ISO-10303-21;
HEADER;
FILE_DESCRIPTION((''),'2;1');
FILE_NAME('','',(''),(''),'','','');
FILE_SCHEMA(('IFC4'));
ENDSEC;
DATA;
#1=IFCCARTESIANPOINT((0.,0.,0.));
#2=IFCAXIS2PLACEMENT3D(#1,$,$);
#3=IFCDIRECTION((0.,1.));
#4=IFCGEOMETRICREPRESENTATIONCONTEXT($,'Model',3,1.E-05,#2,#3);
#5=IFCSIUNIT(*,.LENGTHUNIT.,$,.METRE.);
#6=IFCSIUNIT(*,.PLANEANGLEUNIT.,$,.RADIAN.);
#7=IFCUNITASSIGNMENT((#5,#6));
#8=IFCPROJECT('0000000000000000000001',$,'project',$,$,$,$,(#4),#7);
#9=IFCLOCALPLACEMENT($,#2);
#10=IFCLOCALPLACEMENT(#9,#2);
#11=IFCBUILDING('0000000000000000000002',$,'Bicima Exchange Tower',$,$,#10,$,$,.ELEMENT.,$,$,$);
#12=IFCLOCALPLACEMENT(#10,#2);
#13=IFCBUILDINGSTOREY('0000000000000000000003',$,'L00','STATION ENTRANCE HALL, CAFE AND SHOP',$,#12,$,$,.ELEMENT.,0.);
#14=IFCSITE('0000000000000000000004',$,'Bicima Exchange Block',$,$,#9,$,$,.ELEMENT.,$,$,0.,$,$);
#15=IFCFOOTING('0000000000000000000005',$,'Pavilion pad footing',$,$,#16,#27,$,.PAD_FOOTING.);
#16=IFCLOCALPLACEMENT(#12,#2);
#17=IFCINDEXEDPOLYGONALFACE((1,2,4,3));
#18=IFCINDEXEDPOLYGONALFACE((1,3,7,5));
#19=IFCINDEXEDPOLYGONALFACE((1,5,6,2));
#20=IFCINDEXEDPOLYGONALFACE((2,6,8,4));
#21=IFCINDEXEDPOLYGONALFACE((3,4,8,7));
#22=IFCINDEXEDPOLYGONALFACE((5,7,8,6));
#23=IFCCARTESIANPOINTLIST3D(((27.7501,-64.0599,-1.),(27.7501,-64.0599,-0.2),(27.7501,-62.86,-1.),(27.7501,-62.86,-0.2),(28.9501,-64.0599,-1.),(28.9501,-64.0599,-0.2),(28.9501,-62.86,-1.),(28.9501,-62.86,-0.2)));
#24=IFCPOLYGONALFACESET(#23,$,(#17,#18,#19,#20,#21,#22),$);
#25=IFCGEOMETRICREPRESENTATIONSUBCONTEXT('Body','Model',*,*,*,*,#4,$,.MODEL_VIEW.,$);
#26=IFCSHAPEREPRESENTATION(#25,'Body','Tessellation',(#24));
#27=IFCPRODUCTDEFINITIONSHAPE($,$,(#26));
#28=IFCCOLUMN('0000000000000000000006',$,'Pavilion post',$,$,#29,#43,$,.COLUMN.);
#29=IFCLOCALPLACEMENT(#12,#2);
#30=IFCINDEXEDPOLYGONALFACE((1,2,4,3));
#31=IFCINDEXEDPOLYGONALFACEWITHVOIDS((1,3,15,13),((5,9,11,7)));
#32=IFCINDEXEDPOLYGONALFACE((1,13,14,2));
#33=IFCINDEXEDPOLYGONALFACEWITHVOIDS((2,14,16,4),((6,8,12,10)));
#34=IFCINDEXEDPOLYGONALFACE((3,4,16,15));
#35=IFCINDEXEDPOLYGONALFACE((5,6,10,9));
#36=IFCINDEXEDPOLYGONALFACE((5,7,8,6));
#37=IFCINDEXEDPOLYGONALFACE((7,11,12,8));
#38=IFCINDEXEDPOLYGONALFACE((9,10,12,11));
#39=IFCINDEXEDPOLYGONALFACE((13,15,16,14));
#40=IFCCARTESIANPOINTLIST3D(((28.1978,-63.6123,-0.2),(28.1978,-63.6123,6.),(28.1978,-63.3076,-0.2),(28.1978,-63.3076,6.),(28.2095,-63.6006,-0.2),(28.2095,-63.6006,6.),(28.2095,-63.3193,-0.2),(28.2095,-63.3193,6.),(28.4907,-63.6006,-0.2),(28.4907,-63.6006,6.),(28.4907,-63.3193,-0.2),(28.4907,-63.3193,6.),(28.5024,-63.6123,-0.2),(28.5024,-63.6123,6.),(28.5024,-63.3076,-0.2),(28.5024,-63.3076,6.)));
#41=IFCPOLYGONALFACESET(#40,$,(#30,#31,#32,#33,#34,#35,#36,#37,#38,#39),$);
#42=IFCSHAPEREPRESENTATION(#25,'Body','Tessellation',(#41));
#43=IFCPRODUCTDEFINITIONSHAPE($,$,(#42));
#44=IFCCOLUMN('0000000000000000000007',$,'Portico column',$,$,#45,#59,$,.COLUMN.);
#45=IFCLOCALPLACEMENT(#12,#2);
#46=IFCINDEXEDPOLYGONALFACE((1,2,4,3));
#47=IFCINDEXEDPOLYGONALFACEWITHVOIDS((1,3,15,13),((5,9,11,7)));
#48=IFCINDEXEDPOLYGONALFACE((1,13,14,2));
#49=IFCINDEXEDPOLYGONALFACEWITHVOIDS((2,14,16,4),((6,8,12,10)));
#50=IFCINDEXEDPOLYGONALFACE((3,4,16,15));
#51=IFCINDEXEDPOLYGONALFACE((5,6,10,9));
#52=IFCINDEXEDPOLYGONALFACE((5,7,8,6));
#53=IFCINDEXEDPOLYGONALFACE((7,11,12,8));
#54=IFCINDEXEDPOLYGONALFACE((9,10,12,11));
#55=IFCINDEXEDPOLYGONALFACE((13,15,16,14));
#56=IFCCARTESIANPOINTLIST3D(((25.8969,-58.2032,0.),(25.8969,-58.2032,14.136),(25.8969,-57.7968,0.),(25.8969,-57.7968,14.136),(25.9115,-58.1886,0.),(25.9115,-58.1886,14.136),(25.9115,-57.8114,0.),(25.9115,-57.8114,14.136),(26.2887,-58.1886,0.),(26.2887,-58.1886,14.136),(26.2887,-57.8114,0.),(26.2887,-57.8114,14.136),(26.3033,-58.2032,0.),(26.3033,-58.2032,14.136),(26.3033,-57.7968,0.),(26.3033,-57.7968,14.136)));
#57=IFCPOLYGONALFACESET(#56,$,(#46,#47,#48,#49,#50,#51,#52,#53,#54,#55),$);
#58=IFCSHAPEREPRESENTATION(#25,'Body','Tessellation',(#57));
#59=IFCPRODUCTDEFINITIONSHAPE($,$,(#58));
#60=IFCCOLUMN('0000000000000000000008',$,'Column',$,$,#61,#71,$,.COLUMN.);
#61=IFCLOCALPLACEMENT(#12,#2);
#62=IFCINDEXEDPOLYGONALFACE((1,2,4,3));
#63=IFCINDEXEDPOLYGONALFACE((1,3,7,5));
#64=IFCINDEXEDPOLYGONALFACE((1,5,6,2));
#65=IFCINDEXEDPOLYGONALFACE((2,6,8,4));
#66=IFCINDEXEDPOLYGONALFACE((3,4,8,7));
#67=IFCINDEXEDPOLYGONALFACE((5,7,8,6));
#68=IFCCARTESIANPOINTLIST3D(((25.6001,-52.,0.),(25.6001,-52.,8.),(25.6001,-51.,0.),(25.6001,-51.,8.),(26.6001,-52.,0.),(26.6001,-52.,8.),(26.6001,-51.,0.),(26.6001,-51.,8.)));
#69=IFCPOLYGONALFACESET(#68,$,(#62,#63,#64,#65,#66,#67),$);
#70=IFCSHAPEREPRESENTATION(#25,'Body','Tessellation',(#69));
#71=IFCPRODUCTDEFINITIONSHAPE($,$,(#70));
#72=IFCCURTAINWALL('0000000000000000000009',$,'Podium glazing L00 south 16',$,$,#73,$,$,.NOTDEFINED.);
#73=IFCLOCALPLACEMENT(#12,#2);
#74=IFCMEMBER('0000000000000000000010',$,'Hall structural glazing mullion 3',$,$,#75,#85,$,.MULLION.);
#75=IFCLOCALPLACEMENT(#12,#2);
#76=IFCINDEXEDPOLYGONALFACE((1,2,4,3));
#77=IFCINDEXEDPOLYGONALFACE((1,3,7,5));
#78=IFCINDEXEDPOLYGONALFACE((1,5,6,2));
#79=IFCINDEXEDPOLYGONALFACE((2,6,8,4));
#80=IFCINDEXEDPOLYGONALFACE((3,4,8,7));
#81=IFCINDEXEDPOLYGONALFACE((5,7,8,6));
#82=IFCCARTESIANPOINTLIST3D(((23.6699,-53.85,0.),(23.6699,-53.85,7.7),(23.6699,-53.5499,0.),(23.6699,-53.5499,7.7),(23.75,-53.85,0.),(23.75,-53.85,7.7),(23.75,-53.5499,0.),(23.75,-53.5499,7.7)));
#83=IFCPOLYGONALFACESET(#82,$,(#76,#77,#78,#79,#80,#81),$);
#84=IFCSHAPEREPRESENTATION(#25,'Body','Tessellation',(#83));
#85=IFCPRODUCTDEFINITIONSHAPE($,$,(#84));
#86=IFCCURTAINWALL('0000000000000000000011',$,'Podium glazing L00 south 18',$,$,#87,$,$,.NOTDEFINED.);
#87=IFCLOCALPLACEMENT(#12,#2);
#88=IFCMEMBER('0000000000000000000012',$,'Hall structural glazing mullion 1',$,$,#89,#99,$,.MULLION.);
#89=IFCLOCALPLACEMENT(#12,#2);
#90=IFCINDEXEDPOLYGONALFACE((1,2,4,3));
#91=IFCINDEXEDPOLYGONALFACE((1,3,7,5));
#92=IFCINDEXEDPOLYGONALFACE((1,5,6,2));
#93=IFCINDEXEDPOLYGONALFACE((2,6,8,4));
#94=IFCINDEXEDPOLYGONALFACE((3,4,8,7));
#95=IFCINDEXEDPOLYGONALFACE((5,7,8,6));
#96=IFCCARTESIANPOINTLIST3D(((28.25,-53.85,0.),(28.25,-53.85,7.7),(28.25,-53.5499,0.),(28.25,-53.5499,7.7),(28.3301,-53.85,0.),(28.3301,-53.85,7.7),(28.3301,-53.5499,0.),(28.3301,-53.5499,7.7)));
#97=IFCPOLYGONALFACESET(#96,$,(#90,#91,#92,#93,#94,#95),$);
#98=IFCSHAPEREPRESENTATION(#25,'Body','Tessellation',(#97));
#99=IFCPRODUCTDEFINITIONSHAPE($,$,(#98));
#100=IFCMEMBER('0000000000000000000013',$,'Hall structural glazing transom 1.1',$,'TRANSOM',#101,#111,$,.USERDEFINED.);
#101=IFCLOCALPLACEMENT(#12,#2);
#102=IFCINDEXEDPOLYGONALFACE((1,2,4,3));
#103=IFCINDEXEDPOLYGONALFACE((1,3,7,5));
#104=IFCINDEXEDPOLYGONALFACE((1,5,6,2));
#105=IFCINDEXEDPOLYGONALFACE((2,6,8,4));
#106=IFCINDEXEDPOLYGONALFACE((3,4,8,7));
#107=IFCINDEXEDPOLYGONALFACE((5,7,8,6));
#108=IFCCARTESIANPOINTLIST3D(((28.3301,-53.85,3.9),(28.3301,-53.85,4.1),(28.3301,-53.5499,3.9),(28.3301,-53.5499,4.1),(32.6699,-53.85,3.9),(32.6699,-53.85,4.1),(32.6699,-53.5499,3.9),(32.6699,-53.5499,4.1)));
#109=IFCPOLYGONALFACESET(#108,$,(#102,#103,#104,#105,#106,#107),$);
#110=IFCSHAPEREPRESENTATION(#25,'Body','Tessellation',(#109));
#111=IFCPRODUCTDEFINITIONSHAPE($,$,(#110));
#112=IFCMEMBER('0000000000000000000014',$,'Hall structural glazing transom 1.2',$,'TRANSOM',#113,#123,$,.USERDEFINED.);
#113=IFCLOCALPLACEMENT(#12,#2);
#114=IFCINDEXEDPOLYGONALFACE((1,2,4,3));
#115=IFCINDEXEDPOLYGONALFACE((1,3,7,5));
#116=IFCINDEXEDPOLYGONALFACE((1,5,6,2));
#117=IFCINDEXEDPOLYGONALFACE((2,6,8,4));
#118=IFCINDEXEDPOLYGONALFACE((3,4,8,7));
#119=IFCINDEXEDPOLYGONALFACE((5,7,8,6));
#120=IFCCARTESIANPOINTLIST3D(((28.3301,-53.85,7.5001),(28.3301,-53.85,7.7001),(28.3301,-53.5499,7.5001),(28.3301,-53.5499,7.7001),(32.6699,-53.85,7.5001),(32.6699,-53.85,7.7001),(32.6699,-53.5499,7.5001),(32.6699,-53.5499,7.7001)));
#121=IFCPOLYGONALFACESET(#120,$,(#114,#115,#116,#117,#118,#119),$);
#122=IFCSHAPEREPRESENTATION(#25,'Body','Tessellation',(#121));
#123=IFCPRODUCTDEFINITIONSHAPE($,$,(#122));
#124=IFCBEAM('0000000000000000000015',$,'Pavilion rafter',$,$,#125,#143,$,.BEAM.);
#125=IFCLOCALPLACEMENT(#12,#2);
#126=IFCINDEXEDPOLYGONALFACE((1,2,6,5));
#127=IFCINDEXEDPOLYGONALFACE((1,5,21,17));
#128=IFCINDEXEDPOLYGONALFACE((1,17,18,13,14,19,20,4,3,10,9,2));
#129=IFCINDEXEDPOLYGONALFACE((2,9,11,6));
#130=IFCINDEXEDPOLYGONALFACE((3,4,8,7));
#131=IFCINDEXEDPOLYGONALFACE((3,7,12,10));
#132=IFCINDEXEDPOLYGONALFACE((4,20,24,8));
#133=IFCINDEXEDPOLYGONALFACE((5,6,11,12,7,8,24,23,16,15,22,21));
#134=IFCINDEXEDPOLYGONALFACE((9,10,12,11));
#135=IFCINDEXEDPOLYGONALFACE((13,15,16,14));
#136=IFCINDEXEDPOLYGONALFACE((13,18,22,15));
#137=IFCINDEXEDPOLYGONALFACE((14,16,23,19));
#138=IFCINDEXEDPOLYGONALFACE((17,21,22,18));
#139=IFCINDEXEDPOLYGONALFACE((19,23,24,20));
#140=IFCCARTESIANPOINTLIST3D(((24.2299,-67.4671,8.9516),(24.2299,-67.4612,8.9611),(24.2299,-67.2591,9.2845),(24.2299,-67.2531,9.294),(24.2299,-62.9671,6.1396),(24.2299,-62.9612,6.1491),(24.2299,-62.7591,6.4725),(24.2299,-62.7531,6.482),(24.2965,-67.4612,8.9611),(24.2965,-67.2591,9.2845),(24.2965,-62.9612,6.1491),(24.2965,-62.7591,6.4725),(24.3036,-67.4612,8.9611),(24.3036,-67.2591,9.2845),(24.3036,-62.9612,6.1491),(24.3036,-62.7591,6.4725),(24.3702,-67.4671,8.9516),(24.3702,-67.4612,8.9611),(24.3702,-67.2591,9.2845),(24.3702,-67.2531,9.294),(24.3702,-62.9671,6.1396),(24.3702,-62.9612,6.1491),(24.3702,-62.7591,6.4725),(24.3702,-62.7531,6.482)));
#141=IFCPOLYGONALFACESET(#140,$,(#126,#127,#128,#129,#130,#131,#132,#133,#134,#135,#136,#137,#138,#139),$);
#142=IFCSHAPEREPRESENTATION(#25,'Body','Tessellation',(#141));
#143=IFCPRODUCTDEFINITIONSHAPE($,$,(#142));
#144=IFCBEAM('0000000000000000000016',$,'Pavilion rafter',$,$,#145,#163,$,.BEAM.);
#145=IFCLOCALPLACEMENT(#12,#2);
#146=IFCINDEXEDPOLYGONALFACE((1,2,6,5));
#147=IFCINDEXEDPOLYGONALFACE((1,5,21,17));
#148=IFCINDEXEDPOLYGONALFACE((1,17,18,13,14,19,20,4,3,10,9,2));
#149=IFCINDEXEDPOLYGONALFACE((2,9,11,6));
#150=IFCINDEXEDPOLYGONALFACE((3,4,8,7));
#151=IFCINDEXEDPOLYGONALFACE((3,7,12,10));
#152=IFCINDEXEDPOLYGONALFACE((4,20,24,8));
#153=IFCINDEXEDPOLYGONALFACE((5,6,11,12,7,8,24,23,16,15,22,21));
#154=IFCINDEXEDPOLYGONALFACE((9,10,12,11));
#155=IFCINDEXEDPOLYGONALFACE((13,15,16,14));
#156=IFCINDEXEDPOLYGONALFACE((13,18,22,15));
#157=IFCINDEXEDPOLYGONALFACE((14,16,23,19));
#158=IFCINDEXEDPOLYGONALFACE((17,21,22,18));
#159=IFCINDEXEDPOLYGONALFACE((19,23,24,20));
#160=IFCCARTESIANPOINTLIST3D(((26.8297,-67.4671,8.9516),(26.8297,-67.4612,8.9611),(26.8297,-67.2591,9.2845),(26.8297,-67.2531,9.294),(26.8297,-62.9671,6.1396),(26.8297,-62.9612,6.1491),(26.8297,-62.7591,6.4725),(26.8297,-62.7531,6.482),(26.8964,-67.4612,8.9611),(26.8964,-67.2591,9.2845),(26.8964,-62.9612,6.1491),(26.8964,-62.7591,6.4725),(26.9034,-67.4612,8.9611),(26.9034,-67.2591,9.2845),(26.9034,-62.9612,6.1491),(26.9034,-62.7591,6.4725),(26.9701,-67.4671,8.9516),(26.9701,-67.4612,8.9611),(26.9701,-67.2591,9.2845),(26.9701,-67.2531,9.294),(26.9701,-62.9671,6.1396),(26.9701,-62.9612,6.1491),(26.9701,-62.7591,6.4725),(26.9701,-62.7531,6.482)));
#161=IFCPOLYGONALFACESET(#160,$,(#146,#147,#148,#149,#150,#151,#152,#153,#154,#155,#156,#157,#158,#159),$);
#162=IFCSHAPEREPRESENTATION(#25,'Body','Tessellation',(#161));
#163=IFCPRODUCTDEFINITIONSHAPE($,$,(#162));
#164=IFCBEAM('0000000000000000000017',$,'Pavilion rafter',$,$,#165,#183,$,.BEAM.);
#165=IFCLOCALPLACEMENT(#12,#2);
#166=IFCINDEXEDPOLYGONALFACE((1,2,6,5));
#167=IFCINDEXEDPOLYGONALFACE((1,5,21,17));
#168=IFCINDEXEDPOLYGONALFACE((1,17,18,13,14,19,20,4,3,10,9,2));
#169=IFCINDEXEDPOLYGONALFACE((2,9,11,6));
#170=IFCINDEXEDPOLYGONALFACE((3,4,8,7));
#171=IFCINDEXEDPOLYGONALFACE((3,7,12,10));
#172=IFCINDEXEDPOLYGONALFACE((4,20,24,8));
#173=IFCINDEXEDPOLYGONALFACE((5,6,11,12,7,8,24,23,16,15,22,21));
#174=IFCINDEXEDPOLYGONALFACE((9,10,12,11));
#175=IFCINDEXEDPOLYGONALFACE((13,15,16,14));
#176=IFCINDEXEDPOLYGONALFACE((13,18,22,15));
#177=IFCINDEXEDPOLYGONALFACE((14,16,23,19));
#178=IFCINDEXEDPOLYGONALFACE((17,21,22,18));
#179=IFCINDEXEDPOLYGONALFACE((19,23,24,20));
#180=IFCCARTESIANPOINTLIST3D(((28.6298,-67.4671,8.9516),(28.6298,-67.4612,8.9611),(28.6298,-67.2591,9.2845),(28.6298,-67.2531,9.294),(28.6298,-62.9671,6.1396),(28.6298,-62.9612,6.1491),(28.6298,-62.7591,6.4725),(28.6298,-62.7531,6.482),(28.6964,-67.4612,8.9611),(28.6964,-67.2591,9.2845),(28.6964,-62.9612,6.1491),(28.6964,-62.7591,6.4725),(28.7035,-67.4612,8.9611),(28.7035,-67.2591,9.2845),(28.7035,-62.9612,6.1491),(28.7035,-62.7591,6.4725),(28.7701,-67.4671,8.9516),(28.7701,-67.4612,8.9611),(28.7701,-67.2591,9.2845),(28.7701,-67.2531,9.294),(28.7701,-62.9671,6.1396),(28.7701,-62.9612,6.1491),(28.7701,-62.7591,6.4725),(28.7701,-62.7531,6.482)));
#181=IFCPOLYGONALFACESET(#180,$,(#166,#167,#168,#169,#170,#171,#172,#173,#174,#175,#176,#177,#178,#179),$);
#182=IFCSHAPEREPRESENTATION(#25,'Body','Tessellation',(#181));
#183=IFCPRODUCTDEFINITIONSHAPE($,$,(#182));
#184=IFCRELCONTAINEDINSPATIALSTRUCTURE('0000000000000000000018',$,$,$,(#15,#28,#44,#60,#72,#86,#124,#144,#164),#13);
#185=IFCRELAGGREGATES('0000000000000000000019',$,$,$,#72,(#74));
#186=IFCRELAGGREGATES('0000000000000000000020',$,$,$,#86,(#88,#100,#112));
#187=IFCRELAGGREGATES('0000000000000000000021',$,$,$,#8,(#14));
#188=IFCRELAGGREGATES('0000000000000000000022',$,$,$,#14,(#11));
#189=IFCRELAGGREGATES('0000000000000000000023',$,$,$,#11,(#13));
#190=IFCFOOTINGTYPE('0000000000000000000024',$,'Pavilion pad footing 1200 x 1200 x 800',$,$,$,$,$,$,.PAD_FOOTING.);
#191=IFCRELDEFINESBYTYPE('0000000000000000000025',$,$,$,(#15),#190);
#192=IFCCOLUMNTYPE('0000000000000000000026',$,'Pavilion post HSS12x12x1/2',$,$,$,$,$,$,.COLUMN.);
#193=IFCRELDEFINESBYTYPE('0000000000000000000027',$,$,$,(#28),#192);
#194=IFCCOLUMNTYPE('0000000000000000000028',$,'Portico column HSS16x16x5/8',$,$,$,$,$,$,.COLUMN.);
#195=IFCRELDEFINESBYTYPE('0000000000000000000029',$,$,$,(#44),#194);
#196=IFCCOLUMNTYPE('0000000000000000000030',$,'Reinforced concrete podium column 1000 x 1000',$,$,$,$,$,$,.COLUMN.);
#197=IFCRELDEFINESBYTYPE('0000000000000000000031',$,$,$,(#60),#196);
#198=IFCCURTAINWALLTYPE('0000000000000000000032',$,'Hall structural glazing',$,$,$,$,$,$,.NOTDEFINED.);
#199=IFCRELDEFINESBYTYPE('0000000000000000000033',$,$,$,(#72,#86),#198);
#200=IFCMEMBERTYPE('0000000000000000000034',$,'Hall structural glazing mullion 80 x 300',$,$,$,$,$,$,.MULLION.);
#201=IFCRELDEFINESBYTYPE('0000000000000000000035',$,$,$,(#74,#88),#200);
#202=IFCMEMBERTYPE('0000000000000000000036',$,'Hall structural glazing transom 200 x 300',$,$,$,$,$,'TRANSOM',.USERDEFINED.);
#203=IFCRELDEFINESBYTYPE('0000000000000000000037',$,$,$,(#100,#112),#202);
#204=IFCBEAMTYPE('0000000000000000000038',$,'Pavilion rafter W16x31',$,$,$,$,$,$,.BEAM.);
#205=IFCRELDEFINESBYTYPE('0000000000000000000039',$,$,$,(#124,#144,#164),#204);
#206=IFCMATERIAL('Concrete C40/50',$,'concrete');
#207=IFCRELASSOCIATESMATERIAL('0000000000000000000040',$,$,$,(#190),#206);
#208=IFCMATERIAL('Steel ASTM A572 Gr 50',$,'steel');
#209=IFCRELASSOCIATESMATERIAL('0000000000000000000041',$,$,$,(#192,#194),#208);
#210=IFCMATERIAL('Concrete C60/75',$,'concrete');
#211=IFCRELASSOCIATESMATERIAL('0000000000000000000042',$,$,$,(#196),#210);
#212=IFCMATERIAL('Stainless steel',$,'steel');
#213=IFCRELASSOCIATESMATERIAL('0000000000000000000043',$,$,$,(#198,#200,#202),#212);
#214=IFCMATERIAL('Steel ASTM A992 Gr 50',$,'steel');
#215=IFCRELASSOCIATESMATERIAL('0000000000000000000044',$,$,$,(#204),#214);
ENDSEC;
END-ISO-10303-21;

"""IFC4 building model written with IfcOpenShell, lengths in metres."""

from ifc_helpers import new_model, si_unit, direction, frame, origin, origin_2d, place, context, subcontext, project, spatial, rectangle, hollow_rectangle, i_section, extrude, material, material_profile, profile_set, type_object, element, aggregate, save


model = new_model("IFC4")

# Units and contexts
model_context = context("Model", 3, precision=1e-05, world=origin(), true_north=direction((0.0, 1.0)))
body_context = subcontext(model_context, "Body", "Model", "MODEL_VIEW")
ifc_project = project(units=[si_unit("LENGTHUNIT", "METRE"), si_unit("PLANEANGLEUNIT", "RADIAN")], contexts=[model_context])

# Site, building, storey
site_placement = place(None, origin())
site = spatial("IfcSite", under=ifc_project, at=site_placement, Name="Bicima Exchange Block", CompositionType="ELEMENT", RefElevation=0.0)
building_placement = place(site_placement, origin())
building = spatial("IfcBuilding", under=site, at=building_placement, Name="Bicima Exchange Tower", CompositionType="ELEMENT")
storey_placement = place(building_placement, origin())
storey = spatial("IfcBuildingStorey", under=building, at=storey_placement, Name="L00", Description="STATION ENTRANCE HALL, CAFE AND SHOP", CompositionType="ELEMENT", Elevation=0.0)

# Footing
ifc_material_1 = material(Name="Concrete C40/50", Category="concrete")
footing_type = type_object("IfcFootingType", Name="Pavilion pad footing 1200 x 1200 x 800", PredefinedType="PAD_FOOTING", material=ifc_material_1)
footing_placement = place(storey_placement, frame((28.3501, -63.46, -1.0), z_axis=(0.0, 0.0, 1.0), x_axis=(1.0, 0.0, 0.0)))
element("IfcFooting", 1, at=footing_placement, inside=storey, type_object=footing_type, Name="Pavilion pad footing", PredefinedType="PAD_FOOTING", context=body_context, shape_type="SweptSolid", body=[
    extrude(rectangle(XDim=1.2, YDim=1.2, at=origin_2d()), origin(), (0.0, 0.0, 1.0), 0.8),
])

# Columns
ifc_material_2 = material(Name="Steel ASTM A572 Gr 50", Category="steel")
ifc_material_profile_1 = material_profile(ifc_material_2, hollow_rectangle(XDim=0.3047, YDim=0.3047, WallThickness=0.0117, at=origin_2d()))
ifc_profile_set_1 = profile_set([ifc_material_profile_1], Name="Steel ASTM A572 Gr 50")
column_type_1 = type_object("IfcColumnType", Name="Pavilion post HSS12x12x1/2", PredefinedType="COLUMN", material=ifc_profile_set_1)
column_1_placement = place(storey_placement, frame((28.3501, -63.46, -0.2), z_axis=(0.0, 0.0, 1.0), x_axis=(1.0, 0.0, 0.0)))
element("IfcColumn", 2, at=column_1_placement, inside=storey, type_object=column_type_1, Name="Pavilion post", PredefinedType="COLUMN", context=body_context, shape_type="SweptSolid", body=[
    extrude(hollow_rectangle(XDim=0.3047, YDim=0.3047, WallThickness=0.0117, at=origin_2d()), origin(), (0.0, 0.0, 1.0), 6.2),
])
ifc_material_profile_2 = material_profile(ifc_material_2, hollow_rectangle(XDim=0.4065, YDim=0.4065, WallThickness=0.0146, at=origin_2d()))
ifc_profile_set_2 = profile_set([ifc_material_profile_2], Name="Steel ASTM A572 Gr 50")
column_type_2 = type_object("IfcColumnType", Name="Portico column HSS16x16x5/8", PredefinedType="COLUMN", material=ifc_profile_set_2)
column_2_placement = place(storey_placement, frame((26.1001, -58.0, 0.0), z_axis=(0.0, 0.0, 1.0), x_axis=(1.0, 0.0, 0.0)))
element("IfcColumn", 3, at=column_2_placement, inside=storey, type_object=column_type_2, Name="Portico column", PredefinedType="COLUMN", context=body_context, shape_type="SweptSolid", body=[
    extrude(hollow_rectangle(XDim=0.4065, YDim=0.4065, WallThickness=0.0146, at=origin_2d()), origin(), (0.0, 0.0, 1.0), 14.136),
])
ifc_material_3 = material(Name="Concrete C60/75", Category="concrete")
ifc_material_profile_3 = material_profile(ifc_material_3, rectangle(XDim=1.0, YDim=1.0, at=origin_2d()))
ifc_profile_set_3 = profile_set([ifc_material_profile_3], Name="Concrete C60/75")
column_type_3 = type_object("IfcColumnType", Name="Reinforced concrete podium column 1000 x 1000", PredefinedType="COLUMN", material=ifc_profile_set_3)
column_3_placement = place(storey_placement, frame((26.1001, -51.5, 0.0), z_axis=(0.0, 0.0, 1.0), x_axis=(1.0, 0.0, 0.0)))
element("IfcColumn", 4, at=column_3_placement, inside=storey, type_object=column_type_3, Name="Column", PredefinedType="COLUMN", context=body_context, shape_type="SweptSolid", body=[
    extrude(rectangle(XDim=1.0, YDim=1.0, at=origin_2d()), origin(), (0.0, 0.0, 1.0), 8.0),
])

# Curtain wall, member
ifc_material_4 = material(Name="Stainless steel", Category="steel")
curtain_wall_type = type_object("IfcCurtainWallType", Name="Hall structural glazing", PredefinedType="NOTDEFINED", material=ifc_material_4)
curtain_wall_1_placement = place(storey_placement, origin())
curtain_wall_1 = element("IfcCurtainWall", 5, at=curtain_wall_1_placement, inside=storey, type_object=curtain_wall_type, Name="Podium glazing L00 south 16", PredefinedType="NOTDEFINED")
ifc_material_profile_4 = material_profile(ifc_material_4, rectangle(XDim=0.3, YDim=0.0801, at=origin_2d()))
ifc_profile_set_4 = profile_set([ifc_material_profile_4], Name="Stainless steel")
member_type_1 = type_object("IfcMemberType", Name="Hall structural glazing mullion 80 x 300", PredefinedType="MULLION", material=ifc_profile_set_4)
member_1_placement = place(storey_placement, frame((23.71, -53.7, 0.0), z_axis=(0.0, 0.0, 1.0), x_axis=(0.0, 1.0, 0.0)))
member_1 = element("IfcMember", 6, at=member_1_placement, type_object=member_type_1, Name="Hall structural glazing mullion 3", PredefinedType="MULLION", context=body_context, shape_type="SweptSolid", body=[
    extrude(rectangle(XDim=0.3, YDim=0.0801, at=origin_2d()), origin(), (0.0, 0.0, 1.0), 7.7),
])
aggregate(curtain_wall_1, [member_1])

# Curtain wall, members
curtain_wall_2_placement = place(storey_placement, origin())
curtain_wall_2 = element("IfcCurtainWall", 7, at=curtain_wall_2_placement, inside=storey, type_object=curtain_wall_type, Name="Podium glazing L00 south 18", PredefinedType="NOTDEFINED")
member_2_placement = place(storey_placement, frame((28.29, -53.7, 0.0), z_axis=(0.0, 0.0, 1.0), x_axis=(0.0, 1.0, 0.0)))
member_2 = element("IfcMember", 8, at=member_2_placement, type_object=member_type_1, Name="Hall structural glazing mullion 1", PredefinedType="MULLION", context=body_context, shape_type="SweptSolid", body=[
    extrude(rectangle(XDim=0.3, YDim=0.0801, at=origin_2d()), origin(), (0.0, 0.0, 1.0), 7.7),
])
ifc_material_profile_5 = material_profile(ifc_material_4, rectangle(XDim=0.3, YDim=0.2, at=origin_2d()))
ifc_profile_set_5 = profile_set([ifc_material_profile_5], Name="Stainless steel")
member_type_2 = type_object("IfcMemberType", Name="Hall structural glazing transom 200 x 300", ElementType="TRANSOM", PredefinedType="USERDEFINED", material=ifc_profile_set_5)
member_3_placement = place(storey_placement, frame((28.3301, -53.7, 4.0), z_axis=(1.0, 0.0, 0.0), x_axis=(0.0, 1.0, 0.0)))
member_3 = element("IfcMember", 9, at=member_3_placement, type_object=member_type_2, Name="Hall structural glazing transom 1.1", ObjectType="TRANSOM", PredefinedType="USERDEFINED", context=body_context, shape_type="SweptSolid", body=[
    extrude(rectangle(XDim=0.3, YDim=0.2, at=origin_2d()), origin(), (0.0, 0.0, 1.0), 4.3398),
])
member_4_placement = place(storey_placement, frame((28.3301, -53.7, 7.6001), z_axis=(1.0, 0.0, 0.0), x_axis=(0.0, 1.0, 0.0)))
member_4 = element("IfcMember", 10, at=member_4_placement, type_object=member_type_2, Name="Hall structural glazing transom 1.2", ObjectType="TRANSOM", PredefinedType="USERDEFINED", context=body_context, shape_type="SweptSolid", body=[
    extrude(rectangle(XDim=0.3, YDim=0.2, at=origin_2d()), origin(), (0.0, 0.0, 1.0), 4.3398),
])

# Beams
ifc_material_5 = material(Name="Steel ASTM A992 Gr 50", Category="steel")
ifc_material_profile_6 = material_profile(ifc_material_5, i_section(OverallWidth=0.1404, OverallDepth=0.4038, WebThickness=0.0071, FlangeThickness=0.0112, at=origin_2d()))
ifc_profile_set_6 = profile_set([ifc_material_profile_6], Name="Steel ASTM A992 Gr 50")
beam_type_1 = type_object("IfcBeamType", Name="Pavilion rafter W16x31", PredefinedType="BEAM", material=ifc_profile_set_6)
for number, where, z_axis, x_axis, name in (
    (11, (24.3, -62.8601, 6.3108), (0.0, -0.84804, 0.529933), (1.0, 0.0, 0.0), "Pavilion rafter"),
    (12, (26.8999, -62.8601, 6.3108), (0.0, -0.84804, 0.529933), (1.0, 0.0, 0.0), "Pavilion rafter"),
    (13, (28.7, -62.8601, 6.3108), (0.0, -0.84804, 0.529933), (1.0, 0.0, 0.0), "Pavilion rafter"),
):
    element("IfcBeam", number, at=place(storey_placement, frame(where, z_axis=z_axis, x_axis=x_axis)), inside=storey, type_object=beam_type_1, Name=name, PredefinedType="BEAM", context=body_context, shape_type="SweptSolid", body=[
        extrude(i_section(OverallWidth=0.1404, OverallDepth=0.4038, WebThickness=0.0071, FlangeThickness=0.0112, at=origin_2d()), origin(), (0.0, 0.0, 1.0), 5.3064),
    ])

aggregate(curtain_wall_2, [member_2, member_3, member_4])

save(model, "model.ifc")
